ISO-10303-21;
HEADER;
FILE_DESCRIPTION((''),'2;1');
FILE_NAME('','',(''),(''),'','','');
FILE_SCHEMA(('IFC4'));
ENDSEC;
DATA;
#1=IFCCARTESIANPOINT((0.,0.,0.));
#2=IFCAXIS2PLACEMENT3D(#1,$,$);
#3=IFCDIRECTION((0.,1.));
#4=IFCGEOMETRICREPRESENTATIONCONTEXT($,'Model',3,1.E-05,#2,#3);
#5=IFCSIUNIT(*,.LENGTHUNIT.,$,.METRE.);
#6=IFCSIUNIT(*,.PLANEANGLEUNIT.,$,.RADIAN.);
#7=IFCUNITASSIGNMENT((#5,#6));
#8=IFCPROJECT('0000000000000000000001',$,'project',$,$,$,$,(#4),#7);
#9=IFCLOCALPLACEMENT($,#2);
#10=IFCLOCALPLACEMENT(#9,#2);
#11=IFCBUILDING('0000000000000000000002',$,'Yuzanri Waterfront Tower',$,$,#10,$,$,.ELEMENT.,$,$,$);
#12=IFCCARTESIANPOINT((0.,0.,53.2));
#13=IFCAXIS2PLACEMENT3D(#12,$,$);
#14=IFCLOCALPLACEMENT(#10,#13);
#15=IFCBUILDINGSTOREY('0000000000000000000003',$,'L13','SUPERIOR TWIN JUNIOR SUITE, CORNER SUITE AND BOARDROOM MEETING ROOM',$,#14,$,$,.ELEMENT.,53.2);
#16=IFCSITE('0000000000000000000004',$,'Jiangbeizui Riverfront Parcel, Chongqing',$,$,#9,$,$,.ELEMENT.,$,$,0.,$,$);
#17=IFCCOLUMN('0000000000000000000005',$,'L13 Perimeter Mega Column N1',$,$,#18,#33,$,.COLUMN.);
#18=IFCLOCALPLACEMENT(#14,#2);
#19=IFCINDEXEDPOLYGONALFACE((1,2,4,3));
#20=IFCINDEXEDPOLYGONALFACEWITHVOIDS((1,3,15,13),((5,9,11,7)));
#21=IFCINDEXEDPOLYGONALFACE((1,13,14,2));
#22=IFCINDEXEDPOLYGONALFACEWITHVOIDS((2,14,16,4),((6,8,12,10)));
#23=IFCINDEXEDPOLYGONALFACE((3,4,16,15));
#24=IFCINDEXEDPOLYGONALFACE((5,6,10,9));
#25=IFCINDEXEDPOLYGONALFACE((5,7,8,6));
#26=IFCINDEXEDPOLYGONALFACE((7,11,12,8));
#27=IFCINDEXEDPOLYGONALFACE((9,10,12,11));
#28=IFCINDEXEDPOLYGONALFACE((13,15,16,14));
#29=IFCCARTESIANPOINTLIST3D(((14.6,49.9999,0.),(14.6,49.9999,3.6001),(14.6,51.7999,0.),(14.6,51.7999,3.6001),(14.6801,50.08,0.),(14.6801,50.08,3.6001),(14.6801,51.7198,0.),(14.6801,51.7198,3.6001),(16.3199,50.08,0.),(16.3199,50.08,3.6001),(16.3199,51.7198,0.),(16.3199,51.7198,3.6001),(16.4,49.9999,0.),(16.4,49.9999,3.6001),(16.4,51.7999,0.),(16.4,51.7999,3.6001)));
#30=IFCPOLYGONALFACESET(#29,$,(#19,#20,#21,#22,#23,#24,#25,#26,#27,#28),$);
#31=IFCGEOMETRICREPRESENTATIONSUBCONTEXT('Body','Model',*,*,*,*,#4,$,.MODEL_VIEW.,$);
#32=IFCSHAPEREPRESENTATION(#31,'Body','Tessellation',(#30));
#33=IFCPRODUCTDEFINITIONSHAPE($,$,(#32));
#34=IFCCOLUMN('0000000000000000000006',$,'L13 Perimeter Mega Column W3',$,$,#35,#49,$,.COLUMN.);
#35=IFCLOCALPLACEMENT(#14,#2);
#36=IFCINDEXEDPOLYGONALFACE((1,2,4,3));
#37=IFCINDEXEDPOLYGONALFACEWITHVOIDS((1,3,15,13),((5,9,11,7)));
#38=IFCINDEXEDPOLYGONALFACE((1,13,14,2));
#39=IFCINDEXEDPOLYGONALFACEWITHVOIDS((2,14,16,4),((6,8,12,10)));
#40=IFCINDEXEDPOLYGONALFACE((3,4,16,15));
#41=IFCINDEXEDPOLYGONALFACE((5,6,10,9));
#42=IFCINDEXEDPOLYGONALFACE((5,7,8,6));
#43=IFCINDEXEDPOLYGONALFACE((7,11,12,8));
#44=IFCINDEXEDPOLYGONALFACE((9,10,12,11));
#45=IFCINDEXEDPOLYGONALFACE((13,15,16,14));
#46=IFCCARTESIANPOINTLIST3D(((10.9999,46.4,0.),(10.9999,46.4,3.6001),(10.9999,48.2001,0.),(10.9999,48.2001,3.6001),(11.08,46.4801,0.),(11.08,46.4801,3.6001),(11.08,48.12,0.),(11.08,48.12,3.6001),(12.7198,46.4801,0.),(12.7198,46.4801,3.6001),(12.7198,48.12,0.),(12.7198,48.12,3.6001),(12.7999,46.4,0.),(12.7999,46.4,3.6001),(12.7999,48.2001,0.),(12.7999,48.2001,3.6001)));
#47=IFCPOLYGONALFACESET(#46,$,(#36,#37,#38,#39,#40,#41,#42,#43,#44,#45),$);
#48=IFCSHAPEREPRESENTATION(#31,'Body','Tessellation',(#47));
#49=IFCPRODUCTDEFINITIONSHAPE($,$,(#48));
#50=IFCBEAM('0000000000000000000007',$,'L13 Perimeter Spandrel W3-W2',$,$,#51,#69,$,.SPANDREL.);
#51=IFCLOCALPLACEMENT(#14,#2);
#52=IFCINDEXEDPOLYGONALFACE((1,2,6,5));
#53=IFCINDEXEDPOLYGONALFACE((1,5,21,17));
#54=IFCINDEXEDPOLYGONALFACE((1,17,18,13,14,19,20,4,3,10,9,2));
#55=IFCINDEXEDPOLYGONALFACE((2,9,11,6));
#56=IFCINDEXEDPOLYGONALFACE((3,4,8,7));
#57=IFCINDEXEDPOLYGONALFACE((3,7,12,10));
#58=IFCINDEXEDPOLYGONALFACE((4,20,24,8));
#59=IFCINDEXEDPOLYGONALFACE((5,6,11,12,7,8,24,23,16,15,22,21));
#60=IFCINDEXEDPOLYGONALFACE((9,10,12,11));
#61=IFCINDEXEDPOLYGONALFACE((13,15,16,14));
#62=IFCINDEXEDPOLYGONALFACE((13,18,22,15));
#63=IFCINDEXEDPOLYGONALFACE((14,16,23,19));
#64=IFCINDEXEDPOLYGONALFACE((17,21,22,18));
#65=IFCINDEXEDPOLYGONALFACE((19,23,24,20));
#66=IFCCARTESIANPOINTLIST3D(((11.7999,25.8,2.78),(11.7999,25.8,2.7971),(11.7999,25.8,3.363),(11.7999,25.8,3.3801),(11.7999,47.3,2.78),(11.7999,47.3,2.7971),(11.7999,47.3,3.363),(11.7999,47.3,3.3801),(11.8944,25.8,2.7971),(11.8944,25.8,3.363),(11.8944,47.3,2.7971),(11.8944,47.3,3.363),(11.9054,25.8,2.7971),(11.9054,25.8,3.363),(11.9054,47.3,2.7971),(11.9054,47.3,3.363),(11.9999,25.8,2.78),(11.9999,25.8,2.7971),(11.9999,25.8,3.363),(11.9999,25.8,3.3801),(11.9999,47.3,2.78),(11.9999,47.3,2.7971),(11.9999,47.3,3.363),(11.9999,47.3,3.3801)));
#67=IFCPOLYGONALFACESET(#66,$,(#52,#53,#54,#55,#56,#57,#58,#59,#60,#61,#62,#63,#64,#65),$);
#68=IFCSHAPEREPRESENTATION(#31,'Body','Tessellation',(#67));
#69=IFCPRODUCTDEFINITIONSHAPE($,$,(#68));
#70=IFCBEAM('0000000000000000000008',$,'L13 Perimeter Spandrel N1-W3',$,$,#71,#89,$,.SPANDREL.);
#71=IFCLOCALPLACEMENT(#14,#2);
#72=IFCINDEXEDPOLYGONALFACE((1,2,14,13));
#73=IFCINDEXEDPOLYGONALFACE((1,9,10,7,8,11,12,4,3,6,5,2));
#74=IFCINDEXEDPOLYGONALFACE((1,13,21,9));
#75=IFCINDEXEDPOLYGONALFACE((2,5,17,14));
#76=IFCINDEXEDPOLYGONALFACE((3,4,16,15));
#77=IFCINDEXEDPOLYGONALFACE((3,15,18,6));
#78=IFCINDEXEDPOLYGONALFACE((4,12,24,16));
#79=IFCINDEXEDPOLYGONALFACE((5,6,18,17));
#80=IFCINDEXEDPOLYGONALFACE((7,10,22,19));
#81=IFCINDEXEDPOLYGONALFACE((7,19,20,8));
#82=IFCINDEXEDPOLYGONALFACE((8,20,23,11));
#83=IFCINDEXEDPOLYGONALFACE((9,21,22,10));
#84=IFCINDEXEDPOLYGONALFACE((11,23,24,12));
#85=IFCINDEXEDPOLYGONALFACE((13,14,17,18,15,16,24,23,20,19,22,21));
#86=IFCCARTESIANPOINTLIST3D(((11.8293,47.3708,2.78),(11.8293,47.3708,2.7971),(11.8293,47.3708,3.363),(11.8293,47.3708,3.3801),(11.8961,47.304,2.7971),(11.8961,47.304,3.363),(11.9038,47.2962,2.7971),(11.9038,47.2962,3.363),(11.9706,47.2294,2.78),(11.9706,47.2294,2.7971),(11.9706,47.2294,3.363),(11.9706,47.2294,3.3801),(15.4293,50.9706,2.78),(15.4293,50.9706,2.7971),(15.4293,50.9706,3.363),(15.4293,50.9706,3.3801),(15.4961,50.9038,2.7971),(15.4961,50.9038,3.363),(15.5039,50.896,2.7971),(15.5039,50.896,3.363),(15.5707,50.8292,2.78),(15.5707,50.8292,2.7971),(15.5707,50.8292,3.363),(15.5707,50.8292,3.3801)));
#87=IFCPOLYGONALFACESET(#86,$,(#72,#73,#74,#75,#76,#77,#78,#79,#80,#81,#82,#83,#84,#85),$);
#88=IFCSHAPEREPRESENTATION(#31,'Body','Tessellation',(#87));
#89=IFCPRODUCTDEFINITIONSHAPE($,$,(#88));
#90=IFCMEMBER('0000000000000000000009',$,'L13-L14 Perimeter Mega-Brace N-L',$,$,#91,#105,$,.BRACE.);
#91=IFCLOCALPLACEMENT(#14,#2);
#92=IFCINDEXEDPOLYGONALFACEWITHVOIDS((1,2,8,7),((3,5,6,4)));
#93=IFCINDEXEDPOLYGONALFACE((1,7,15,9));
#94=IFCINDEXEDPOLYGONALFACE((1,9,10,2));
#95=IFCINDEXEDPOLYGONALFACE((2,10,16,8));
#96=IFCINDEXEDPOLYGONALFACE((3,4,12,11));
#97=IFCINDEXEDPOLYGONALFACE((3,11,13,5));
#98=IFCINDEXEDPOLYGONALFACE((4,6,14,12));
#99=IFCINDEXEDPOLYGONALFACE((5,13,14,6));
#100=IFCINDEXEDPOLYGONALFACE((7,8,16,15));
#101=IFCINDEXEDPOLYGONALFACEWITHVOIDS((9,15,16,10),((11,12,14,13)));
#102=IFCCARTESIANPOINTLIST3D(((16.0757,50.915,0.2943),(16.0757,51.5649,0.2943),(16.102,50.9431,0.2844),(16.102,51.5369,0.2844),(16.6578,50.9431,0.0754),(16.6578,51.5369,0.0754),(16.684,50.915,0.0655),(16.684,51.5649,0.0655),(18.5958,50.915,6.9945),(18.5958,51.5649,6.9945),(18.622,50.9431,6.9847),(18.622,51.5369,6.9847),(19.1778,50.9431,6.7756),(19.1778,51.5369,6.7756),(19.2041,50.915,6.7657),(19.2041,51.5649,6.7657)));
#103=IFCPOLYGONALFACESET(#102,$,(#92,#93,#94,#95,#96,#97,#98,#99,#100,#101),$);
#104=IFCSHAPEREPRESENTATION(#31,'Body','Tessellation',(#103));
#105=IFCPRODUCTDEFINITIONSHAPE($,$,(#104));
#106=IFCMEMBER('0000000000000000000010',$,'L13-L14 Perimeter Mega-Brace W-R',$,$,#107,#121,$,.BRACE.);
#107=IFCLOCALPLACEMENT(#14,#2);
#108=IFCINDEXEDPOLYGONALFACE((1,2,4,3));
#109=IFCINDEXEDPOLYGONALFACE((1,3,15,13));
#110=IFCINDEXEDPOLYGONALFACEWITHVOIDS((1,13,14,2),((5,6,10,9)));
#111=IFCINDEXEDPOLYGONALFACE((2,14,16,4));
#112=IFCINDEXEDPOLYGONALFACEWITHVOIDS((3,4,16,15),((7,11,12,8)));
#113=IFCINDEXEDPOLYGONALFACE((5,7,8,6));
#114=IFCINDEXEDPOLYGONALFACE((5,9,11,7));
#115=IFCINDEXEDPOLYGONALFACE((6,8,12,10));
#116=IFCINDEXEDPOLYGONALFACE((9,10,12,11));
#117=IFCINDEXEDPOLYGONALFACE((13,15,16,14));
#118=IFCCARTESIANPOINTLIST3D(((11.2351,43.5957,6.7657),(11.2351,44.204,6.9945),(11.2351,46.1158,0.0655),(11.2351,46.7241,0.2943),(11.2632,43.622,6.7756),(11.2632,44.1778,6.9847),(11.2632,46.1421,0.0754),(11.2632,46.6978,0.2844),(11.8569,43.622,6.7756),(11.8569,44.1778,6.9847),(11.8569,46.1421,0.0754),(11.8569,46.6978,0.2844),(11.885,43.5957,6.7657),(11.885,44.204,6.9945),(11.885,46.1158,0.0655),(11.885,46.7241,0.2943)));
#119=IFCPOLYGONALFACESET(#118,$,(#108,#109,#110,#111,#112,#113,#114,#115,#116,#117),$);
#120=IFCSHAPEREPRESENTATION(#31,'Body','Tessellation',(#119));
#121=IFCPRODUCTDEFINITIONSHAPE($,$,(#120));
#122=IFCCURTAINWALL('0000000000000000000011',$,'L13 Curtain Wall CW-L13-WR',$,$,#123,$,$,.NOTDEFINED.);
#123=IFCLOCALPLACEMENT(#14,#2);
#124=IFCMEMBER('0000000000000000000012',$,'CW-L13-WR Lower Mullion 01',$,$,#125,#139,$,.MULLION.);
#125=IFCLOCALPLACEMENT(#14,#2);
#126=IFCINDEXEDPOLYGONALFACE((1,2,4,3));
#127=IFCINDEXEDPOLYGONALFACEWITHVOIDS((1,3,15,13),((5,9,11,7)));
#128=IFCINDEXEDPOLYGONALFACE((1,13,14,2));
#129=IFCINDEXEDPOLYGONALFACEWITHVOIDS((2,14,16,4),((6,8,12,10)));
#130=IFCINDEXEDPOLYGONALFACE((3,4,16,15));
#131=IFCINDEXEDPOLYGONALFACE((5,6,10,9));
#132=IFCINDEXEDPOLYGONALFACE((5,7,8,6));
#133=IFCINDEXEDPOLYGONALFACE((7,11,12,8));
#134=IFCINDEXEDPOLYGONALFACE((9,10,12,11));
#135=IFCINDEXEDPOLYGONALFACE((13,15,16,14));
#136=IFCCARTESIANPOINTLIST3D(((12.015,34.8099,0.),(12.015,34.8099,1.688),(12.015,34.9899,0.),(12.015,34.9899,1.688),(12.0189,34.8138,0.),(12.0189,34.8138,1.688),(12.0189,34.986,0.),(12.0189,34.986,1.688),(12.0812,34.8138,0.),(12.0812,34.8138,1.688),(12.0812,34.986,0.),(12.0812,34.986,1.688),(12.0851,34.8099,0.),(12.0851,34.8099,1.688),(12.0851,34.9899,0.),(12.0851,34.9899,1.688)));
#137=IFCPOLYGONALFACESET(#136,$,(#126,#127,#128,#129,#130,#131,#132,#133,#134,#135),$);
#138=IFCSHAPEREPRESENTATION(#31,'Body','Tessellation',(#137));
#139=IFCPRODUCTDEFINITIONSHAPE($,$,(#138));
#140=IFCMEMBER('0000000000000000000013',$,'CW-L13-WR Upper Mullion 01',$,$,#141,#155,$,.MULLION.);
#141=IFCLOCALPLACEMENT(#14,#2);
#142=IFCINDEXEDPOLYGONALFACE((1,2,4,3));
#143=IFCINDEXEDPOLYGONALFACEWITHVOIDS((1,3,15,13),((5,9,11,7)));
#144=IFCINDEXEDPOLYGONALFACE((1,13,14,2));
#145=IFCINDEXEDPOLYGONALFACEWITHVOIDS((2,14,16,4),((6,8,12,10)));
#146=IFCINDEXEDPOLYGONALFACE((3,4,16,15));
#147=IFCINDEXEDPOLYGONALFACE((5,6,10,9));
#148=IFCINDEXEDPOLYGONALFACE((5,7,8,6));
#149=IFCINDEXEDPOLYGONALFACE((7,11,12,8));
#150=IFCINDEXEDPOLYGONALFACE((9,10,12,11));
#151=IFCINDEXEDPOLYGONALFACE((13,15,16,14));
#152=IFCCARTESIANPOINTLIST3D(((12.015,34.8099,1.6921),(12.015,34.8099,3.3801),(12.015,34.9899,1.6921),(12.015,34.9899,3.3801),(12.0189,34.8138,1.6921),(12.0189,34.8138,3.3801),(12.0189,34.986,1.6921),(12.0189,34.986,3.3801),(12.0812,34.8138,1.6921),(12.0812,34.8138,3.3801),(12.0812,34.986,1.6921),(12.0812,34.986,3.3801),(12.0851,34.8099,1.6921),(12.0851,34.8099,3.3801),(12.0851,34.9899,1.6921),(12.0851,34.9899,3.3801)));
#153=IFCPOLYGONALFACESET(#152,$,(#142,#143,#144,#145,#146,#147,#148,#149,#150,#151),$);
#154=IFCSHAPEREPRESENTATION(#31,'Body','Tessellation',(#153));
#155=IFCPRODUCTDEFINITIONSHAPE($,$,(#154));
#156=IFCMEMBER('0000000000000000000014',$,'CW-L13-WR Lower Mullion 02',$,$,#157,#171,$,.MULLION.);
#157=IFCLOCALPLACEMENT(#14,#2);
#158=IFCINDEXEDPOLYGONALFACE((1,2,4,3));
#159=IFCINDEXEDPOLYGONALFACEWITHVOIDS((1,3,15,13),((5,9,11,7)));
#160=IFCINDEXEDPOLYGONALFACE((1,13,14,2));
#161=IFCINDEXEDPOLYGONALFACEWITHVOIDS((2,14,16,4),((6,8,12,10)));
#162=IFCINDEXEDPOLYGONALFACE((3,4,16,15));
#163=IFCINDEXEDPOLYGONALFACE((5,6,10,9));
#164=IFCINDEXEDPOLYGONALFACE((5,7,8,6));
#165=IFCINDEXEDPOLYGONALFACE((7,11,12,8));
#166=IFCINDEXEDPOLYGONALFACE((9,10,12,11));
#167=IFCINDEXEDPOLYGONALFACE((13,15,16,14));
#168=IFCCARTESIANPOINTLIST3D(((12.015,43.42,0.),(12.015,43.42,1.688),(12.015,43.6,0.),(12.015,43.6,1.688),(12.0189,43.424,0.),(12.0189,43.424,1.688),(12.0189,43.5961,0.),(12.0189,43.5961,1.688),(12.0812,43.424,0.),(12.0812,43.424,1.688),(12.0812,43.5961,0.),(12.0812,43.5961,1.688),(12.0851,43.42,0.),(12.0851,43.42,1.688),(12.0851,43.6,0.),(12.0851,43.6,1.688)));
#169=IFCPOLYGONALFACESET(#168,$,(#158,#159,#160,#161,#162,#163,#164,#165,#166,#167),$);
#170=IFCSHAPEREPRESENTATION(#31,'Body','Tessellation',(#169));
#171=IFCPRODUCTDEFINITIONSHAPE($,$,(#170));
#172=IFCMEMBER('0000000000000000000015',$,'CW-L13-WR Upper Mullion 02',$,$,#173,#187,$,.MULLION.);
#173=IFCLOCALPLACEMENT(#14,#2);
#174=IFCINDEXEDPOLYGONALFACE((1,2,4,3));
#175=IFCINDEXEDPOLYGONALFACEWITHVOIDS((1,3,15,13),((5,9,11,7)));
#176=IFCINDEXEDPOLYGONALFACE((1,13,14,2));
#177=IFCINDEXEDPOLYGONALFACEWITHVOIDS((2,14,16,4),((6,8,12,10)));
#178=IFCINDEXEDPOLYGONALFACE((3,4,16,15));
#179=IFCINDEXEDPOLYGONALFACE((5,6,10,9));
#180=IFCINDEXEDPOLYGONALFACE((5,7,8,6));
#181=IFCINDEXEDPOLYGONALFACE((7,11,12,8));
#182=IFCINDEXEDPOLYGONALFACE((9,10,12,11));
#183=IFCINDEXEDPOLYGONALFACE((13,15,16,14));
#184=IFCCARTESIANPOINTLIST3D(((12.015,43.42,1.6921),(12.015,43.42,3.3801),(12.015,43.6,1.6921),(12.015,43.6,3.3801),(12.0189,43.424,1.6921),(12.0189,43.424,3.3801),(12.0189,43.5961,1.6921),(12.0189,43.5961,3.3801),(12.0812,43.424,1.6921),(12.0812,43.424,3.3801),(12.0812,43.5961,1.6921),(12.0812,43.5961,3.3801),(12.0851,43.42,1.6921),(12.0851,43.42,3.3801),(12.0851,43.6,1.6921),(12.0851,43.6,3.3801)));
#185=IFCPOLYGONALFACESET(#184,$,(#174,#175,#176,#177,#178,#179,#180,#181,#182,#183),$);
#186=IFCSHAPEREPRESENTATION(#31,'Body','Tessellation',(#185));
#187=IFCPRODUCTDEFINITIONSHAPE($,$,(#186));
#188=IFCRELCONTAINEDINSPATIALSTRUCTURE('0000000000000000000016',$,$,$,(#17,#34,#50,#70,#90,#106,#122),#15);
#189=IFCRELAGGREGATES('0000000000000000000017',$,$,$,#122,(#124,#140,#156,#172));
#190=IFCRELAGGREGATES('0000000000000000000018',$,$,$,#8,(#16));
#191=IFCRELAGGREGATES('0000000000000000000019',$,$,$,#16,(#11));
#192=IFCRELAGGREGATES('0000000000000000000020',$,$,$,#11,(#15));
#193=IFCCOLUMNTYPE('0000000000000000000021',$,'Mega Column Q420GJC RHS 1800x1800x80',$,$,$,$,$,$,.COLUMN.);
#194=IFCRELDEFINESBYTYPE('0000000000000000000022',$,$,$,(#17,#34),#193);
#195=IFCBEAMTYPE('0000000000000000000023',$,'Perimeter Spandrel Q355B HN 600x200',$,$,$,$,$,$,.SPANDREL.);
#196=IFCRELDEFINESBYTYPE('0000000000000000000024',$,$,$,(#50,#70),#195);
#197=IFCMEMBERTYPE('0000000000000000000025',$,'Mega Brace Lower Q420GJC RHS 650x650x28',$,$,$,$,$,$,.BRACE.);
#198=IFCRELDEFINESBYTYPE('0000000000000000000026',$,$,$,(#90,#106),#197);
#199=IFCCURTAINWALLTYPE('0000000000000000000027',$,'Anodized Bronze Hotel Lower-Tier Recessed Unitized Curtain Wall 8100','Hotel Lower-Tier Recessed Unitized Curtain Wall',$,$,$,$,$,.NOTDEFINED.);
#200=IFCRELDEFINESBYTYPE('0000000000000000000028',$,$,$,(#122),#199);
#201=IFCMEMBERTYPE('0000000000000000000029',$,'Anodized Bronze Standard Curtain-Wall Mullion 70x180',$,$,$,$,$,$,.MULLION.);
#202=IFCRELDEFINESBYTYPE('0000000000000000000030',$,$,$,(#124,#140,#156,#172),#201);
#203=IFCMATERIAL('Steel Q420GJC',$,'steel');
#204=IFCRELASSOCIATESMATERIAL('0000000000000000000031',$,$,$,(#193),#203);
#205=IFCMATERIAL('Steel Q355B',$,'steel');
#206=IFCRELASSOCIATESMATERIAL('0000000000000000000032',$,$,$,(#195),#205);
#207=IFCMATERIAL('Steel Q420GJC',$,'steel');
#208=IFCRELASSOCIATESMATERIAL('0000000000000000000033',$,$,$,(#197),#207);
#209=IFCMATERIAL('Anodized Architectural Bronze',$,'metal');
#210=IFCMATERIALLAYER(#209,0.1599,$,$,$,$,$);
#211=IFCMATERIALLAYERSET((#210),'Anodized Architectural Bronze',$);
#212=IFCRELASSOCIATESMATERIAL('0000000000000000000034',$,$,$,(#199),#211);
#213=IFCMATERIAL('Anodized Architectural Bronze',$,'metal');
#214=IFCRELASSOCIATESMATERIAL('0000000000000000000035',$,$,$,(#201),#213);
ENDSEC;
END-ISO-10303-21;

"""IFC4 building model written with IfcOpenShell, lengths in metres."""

from ifc_helpers import new_model, si_unit, direction, frame, origin, origin_2d, place, context, subcontext, project, spatial, hollow_rectangle, i_section, extrude, source, transform, mapped, material, layer, layer_set, material_profile, profile_set, type_object, element, aggregate, save


model = new_model("IFC4")

# Units and contexts
model_context = context("Model", 3, precision=1e-05, world=origin(), true_north=direction((0.0, 1.0)))
body_context = subcontext(model_context, "Body", "Model", "MODEL_VIEW")
ifc_project = project(units=[si_unit("LENGTHUNIT", "METRE"), si_unit("PLANEANGLEUNIT", "RADIAN")], contexts=[model_context])

# Site, building, storey
site_placement = place(None, origin())
site = spatial("IfcSite", under=ifc_project, at=site_placement, Name="Jiangbeizui Riverfront Parcel, Chongqing", CompositionType="ELEMENT", RefElevation=0.0)
building_placement = place(site_placement, origin())
building = spatial("IfcBuilding", under=site, at=building_placement, Name="Yuzanri Waterfront Tower", CompositionType="ELEMENT")
storey_placement = place(building_placement, frame((0.0, 0.0, 53.2)))
storey = spatial("IfcBuildingStorey", under=building, at=storey_placement, Name="L13", Description="SUPERIOR TWIN JUNIOR SUITE, CORNER SUITE AND BOARDROOM MEETING ROOM", CompositionType="ELEMENT", Elevation=53.2)

# Columns
ifc_material_1 = material(Name="Steel Q420GJC", Category="steel")
ifc_material_profile_1 = material_profile(ifc_material_1, hollow_rectangle(XDim=1.8, YDim=1.8, WallThickness=0.0801, at=origin_2d()), Name="RHS 1800x1800x80")
ifc_profile_set_1 = profile_set([ifc_material_profile_1], Name="Steel Q420GJC")
column_type = type_object("IfcColumnType", Name="Mega Column Q420GJC RHS 1800x1800x80", PredefinedType="COLUMN", material=ifc_profile_set_1)
shared_shape_1 = source(origin(), body_context, "Body", "SweptSolid", [
    extrude(hollow_rectangle(XDim=1.8, YDim=1.8, WallThickness=0.0801, at=origin_2d()), origin(), (0.0, 0.0, 1.0), 3.6001),
])
for number, where, z_axis, x_axis, name in (
    (1, (15.5, 50.8999, 0.0), (0.0, 0.0, 1.0), (1.0, 0.0, 0.0), "L13 Perimeter Mega Column N1"),
    (2, (11.8999, 47.3, 0.0), (0.0, 0.0, 1.0), (1.0, 0.0, 0.0), "L13 Perimeter Mega Column W3"),
):
    element("IfcColumn", number, at=place(storey_placement, frame(where, z_axis=z_axis, x_axis=x_axis)), inside=storey, type_object=column_type, Name=name, PredefinedType="COLUMN", context=body_context, shape_type="MappedRepresentation", body=[
        mapped(shared_shape_1, transform((0.0, 0.0, 0.0), scale=1.0)),
    ])

# Beams
ifc_material_2 = material(Name="Steel Q355B", Category="steel")
ifc_material_profile_2 = material_profile(ifc_material_2, i_section(OverallWidth=0.2, OverallDepth=0.6001, WebThickness=0.011, FlangeThickness=0.0171, at=origin_2d()), Name="HN 600x200x11x17")
ifc_profile_set_2 = profile_set([ifc_material_profile_2], Name="Steel Q355B")
beam_type = type_object("IfcBeamType", Name="Perimeter Spandrel Q355B HN 600x200", PredefinedType="SPANDREL", material=ifc_profile_set_2)
shared_shape_2 = source(origin(), body_context, "Body", "SweptSolid", [
    extrude(i_section(OverallWidth=0.2, OverallDepth=0.6001, WebThickness=0.011, FlangeThickness=0.0171, at=origin_2d()), origin(), (0.0, 0.0, 1.0), 21.5),
])
beam_1_placement = place(storey_placement, frame((11.8999, 47.3, 3.0801), z_axis=(0.0, -1.0, 0.0), x_axis=(1.0, 0.0, 0.0)))
element("IfcBeam", 3, at=beam_1_placement, inside=storey, type_object=beam_type, Name="L13 Perimeter Spandrel W3-W2", PredefinedType="SPANDREL", context=body_context, shape_type="MappedRepresentation", body=[
    mapped(shared_shape_2, transform((0.0, 0.0, 0.0), scale=1.0)),
])
shared_shape_3 = source(origin(), body_context, "Body", "SweptSolid", [
    extrude(i_section(OverallWidth=0.2, OverallDepth=0.6001, WebThickness=0.011, FlangeThickness=0.0171, at=origin_2d()), origin(), (0.0, 0.0, 1.0), 5.0911),
])
beam_2_placement = place(storey_placement, frame((15.5, 50.8999, 3.0801), z_axis=(-0.707131, -0.707083, 0.0), x_axis=(0.707083, -0.707131, 0.0)))
element("IfcBeam", 4, at=beam_2_placement, inside=storey, type_object=beam_type, Name="L13 Perimeter Spandrel N1-W3", PredefinedType="SPANDREL", context=body_context, shape_type="MappedRepresentation", body=[
    mapped(shared_shape_3, transform((0.0, 0.0, 0.0), scale=1.0)),
])

# Members
ifc_material_3 = material(Name="Steel Q420GJC", Category="steel")
ifc_material_profile_3 = material_profile(ifc_material_3, hollow_rectangle(XDim=0.6499, YDim=0.6499, WallThickness=0.0281, at=origin_2d()), Name="RHS 650x650x28")
ifc_profile_set_3 = profile_set([ifc_material_profile_3], Name="Steel Q420GJC")
member_type_1 = type_object("IfcMemberType", Name="Mega Brace Lower Q420GJC RHS 650x650x28", PredefinedType="BRACE", material=ifc_profile_set_3)
shared_shape_4 = source(origin(), body_context, "Body", "SweptSolid", [
    extrude(hollow_rectangle(XDim=0.6499, YDim=0.6499, WallThickness=0.0281, at=origin_2d()), origin(), (0.0, 0.0, 1.0), 7.1584),
])
for number, where, z_axis, x_axis, name in (
    (5, (16.3799, 51.24, 0.1799), (0.352035, 0.0, 0.935987), (0.0, 1.0, 0.0), "L13-L14 Perimeter Mega-Brace N-L"),
    (6, (11.5601, 46.4199, 0.1799), (0.0, -0.352035, 0.935987), (1.0, 0.0, 0.0), "L13-L14 Perimeter Mega-Brace W-R"),
):
    element("IfcMember", number, at=place(storey_placement, frame(where, z_axis=z_axis, x_axis=x_axis)), inside=storey, type_object=member_type_1, Name=name, PredefinedType="BRACE", context=body_context, shape_type="MappedRepresentation", body=[
        mapped(shared_shape_4, transform((0.0, 0.0, 0.0), scale=1.0)),
    ])

# Curtain wall, members
ifc_material_4 = material(Name="Anodized Architectural Bronze", Category="metal")
ifc_layer_1 = layer(ifc_material_4, 0.1599)
ifc_layer_set_1 = layer_set([ifc_layer_1], Name="Anodized Architectural Bronze")
curtain_wall_type = type_object("IfcCurtainWallType", Name="Anodized Bronze Hotel Lower-Tier Recessed Unitized Curtain Wall 8100", Description="Hotel Lower-Tier Recessed Unitized Curtain Wall", PredefinedType="NOTDEFINED", material=ifc_layer_set_1)
curtain_wall_placement = place(storey_placement, origin())
curtain_wall = element("IfcCurtainWall", 7, at=curtain_wall_placement, inside=storey, type_object=curtain_wall_type, Name="L13 Curtain Wall CW-L13-WR", PredefinedType="NOTDEFINED")
ifc_material_5 = material(Name="Anodized Architectural Bronze", Category="metal")
ifc_material_profile_4 = material_profile(ifc_material_5, hollow_rectangle(XDim=0.0701, YDim=0.1799, WallThickness=0.0039, at=origin_2d()), Name="CWM 70x180")
ifc_profile_set_4 = profile_set([ifc_material_profile_4], Name="Anodized Architectural Bronze")
member_type_2 = type_object("IfcMemberType", Name="Anodized Bronze Standard Curtain-Wall Mullion 70x180", PredefinedType="MULLION", material=ifc_profile_set_4)
shared_shape_5 = source(origin(), body_context, "Body", "SweptSolid", [
    extrude(hollow_rectangle(XDim=0.0701, YDim=0.1799, WallThickness=0.0039, at=origin_2d()), origin(), (0.0, 0.0, 1.0), 1.688),
])
member_1_placement = place(storey_placement, frame((12.05, 34.8999, 0.0), z_axis=(0.0, 0.0, 1.0), x_axis=(1.0, 0.0, 0.0)))
member_1 = element("IfcMember", 8, at=member_1_placement, type_object=member_type_2, Name="CW-L13-WR Lower Mullion 01", PredefinedType="MULLION", context=body_context, shape_type="MappedRepresentation", body=[
    mapped(shared_shape_5, transform((0.0, 0.0, 0.0), scale=1.0)),
])
member_2_placement = place(storey_placement, frame((12.05, 34.8999, 1.6921), z_axis=(0.0, 0.0, 1.0), x_axis=(1.0, 0.0, 0.0)))
member_2 = element("IfcMember", 9, at=member_2_placement, type_object=member_type_2, Name="CW-L13-WR Upper Mullion 01", PredefinedType="MULLION", context=body_context, shape_type="MappedRepresentation", body=[
    mapped(shared_shape_5, transform((0.0, 0.0, 0.0), scale=1.0)),
])
member_3_placement = place(storey_placement, frame((12.05, 43.51, 0.0), z_axis=(0.0, 0.0, 1.0), x_axis=(1.0, 0.0, 0.0)))
member_3 = element("IfcMember", 10, at=member_3_placement, type_object=member_type_2, Name="CW-L13-WR Lower Mullion 02", PredefinedType="MULLION", context=body_context, shape_type="MappedRepresentation", body=[
    mapped(shared_shape_5, transform((0.0, 0.0, 0.0), scale=1.0)),
])
member_4_placement = place(storey_placement, frame((12.05, 43.51, 1.6921), z_axis=(0.0, 0.0, 1.0), x_axis=(1.0, 0.0, 0.0)))
member_4 = element("IfcMember", 11, at=member_4_placement, type_object=member_type_2, Name="CW-L13-WR Upper Mullion 02", PredefinedType="MULLION", context=body_context, shape_type="MappedRepresentation", body=[
    mapped(shared_shape_5, transform((0.0, 0.0, 0.0), scale=1.0)),
])

aggregate(curtain_wall, [member_1, member_2, member_3, member_4])

save(model, "model.ifc")
